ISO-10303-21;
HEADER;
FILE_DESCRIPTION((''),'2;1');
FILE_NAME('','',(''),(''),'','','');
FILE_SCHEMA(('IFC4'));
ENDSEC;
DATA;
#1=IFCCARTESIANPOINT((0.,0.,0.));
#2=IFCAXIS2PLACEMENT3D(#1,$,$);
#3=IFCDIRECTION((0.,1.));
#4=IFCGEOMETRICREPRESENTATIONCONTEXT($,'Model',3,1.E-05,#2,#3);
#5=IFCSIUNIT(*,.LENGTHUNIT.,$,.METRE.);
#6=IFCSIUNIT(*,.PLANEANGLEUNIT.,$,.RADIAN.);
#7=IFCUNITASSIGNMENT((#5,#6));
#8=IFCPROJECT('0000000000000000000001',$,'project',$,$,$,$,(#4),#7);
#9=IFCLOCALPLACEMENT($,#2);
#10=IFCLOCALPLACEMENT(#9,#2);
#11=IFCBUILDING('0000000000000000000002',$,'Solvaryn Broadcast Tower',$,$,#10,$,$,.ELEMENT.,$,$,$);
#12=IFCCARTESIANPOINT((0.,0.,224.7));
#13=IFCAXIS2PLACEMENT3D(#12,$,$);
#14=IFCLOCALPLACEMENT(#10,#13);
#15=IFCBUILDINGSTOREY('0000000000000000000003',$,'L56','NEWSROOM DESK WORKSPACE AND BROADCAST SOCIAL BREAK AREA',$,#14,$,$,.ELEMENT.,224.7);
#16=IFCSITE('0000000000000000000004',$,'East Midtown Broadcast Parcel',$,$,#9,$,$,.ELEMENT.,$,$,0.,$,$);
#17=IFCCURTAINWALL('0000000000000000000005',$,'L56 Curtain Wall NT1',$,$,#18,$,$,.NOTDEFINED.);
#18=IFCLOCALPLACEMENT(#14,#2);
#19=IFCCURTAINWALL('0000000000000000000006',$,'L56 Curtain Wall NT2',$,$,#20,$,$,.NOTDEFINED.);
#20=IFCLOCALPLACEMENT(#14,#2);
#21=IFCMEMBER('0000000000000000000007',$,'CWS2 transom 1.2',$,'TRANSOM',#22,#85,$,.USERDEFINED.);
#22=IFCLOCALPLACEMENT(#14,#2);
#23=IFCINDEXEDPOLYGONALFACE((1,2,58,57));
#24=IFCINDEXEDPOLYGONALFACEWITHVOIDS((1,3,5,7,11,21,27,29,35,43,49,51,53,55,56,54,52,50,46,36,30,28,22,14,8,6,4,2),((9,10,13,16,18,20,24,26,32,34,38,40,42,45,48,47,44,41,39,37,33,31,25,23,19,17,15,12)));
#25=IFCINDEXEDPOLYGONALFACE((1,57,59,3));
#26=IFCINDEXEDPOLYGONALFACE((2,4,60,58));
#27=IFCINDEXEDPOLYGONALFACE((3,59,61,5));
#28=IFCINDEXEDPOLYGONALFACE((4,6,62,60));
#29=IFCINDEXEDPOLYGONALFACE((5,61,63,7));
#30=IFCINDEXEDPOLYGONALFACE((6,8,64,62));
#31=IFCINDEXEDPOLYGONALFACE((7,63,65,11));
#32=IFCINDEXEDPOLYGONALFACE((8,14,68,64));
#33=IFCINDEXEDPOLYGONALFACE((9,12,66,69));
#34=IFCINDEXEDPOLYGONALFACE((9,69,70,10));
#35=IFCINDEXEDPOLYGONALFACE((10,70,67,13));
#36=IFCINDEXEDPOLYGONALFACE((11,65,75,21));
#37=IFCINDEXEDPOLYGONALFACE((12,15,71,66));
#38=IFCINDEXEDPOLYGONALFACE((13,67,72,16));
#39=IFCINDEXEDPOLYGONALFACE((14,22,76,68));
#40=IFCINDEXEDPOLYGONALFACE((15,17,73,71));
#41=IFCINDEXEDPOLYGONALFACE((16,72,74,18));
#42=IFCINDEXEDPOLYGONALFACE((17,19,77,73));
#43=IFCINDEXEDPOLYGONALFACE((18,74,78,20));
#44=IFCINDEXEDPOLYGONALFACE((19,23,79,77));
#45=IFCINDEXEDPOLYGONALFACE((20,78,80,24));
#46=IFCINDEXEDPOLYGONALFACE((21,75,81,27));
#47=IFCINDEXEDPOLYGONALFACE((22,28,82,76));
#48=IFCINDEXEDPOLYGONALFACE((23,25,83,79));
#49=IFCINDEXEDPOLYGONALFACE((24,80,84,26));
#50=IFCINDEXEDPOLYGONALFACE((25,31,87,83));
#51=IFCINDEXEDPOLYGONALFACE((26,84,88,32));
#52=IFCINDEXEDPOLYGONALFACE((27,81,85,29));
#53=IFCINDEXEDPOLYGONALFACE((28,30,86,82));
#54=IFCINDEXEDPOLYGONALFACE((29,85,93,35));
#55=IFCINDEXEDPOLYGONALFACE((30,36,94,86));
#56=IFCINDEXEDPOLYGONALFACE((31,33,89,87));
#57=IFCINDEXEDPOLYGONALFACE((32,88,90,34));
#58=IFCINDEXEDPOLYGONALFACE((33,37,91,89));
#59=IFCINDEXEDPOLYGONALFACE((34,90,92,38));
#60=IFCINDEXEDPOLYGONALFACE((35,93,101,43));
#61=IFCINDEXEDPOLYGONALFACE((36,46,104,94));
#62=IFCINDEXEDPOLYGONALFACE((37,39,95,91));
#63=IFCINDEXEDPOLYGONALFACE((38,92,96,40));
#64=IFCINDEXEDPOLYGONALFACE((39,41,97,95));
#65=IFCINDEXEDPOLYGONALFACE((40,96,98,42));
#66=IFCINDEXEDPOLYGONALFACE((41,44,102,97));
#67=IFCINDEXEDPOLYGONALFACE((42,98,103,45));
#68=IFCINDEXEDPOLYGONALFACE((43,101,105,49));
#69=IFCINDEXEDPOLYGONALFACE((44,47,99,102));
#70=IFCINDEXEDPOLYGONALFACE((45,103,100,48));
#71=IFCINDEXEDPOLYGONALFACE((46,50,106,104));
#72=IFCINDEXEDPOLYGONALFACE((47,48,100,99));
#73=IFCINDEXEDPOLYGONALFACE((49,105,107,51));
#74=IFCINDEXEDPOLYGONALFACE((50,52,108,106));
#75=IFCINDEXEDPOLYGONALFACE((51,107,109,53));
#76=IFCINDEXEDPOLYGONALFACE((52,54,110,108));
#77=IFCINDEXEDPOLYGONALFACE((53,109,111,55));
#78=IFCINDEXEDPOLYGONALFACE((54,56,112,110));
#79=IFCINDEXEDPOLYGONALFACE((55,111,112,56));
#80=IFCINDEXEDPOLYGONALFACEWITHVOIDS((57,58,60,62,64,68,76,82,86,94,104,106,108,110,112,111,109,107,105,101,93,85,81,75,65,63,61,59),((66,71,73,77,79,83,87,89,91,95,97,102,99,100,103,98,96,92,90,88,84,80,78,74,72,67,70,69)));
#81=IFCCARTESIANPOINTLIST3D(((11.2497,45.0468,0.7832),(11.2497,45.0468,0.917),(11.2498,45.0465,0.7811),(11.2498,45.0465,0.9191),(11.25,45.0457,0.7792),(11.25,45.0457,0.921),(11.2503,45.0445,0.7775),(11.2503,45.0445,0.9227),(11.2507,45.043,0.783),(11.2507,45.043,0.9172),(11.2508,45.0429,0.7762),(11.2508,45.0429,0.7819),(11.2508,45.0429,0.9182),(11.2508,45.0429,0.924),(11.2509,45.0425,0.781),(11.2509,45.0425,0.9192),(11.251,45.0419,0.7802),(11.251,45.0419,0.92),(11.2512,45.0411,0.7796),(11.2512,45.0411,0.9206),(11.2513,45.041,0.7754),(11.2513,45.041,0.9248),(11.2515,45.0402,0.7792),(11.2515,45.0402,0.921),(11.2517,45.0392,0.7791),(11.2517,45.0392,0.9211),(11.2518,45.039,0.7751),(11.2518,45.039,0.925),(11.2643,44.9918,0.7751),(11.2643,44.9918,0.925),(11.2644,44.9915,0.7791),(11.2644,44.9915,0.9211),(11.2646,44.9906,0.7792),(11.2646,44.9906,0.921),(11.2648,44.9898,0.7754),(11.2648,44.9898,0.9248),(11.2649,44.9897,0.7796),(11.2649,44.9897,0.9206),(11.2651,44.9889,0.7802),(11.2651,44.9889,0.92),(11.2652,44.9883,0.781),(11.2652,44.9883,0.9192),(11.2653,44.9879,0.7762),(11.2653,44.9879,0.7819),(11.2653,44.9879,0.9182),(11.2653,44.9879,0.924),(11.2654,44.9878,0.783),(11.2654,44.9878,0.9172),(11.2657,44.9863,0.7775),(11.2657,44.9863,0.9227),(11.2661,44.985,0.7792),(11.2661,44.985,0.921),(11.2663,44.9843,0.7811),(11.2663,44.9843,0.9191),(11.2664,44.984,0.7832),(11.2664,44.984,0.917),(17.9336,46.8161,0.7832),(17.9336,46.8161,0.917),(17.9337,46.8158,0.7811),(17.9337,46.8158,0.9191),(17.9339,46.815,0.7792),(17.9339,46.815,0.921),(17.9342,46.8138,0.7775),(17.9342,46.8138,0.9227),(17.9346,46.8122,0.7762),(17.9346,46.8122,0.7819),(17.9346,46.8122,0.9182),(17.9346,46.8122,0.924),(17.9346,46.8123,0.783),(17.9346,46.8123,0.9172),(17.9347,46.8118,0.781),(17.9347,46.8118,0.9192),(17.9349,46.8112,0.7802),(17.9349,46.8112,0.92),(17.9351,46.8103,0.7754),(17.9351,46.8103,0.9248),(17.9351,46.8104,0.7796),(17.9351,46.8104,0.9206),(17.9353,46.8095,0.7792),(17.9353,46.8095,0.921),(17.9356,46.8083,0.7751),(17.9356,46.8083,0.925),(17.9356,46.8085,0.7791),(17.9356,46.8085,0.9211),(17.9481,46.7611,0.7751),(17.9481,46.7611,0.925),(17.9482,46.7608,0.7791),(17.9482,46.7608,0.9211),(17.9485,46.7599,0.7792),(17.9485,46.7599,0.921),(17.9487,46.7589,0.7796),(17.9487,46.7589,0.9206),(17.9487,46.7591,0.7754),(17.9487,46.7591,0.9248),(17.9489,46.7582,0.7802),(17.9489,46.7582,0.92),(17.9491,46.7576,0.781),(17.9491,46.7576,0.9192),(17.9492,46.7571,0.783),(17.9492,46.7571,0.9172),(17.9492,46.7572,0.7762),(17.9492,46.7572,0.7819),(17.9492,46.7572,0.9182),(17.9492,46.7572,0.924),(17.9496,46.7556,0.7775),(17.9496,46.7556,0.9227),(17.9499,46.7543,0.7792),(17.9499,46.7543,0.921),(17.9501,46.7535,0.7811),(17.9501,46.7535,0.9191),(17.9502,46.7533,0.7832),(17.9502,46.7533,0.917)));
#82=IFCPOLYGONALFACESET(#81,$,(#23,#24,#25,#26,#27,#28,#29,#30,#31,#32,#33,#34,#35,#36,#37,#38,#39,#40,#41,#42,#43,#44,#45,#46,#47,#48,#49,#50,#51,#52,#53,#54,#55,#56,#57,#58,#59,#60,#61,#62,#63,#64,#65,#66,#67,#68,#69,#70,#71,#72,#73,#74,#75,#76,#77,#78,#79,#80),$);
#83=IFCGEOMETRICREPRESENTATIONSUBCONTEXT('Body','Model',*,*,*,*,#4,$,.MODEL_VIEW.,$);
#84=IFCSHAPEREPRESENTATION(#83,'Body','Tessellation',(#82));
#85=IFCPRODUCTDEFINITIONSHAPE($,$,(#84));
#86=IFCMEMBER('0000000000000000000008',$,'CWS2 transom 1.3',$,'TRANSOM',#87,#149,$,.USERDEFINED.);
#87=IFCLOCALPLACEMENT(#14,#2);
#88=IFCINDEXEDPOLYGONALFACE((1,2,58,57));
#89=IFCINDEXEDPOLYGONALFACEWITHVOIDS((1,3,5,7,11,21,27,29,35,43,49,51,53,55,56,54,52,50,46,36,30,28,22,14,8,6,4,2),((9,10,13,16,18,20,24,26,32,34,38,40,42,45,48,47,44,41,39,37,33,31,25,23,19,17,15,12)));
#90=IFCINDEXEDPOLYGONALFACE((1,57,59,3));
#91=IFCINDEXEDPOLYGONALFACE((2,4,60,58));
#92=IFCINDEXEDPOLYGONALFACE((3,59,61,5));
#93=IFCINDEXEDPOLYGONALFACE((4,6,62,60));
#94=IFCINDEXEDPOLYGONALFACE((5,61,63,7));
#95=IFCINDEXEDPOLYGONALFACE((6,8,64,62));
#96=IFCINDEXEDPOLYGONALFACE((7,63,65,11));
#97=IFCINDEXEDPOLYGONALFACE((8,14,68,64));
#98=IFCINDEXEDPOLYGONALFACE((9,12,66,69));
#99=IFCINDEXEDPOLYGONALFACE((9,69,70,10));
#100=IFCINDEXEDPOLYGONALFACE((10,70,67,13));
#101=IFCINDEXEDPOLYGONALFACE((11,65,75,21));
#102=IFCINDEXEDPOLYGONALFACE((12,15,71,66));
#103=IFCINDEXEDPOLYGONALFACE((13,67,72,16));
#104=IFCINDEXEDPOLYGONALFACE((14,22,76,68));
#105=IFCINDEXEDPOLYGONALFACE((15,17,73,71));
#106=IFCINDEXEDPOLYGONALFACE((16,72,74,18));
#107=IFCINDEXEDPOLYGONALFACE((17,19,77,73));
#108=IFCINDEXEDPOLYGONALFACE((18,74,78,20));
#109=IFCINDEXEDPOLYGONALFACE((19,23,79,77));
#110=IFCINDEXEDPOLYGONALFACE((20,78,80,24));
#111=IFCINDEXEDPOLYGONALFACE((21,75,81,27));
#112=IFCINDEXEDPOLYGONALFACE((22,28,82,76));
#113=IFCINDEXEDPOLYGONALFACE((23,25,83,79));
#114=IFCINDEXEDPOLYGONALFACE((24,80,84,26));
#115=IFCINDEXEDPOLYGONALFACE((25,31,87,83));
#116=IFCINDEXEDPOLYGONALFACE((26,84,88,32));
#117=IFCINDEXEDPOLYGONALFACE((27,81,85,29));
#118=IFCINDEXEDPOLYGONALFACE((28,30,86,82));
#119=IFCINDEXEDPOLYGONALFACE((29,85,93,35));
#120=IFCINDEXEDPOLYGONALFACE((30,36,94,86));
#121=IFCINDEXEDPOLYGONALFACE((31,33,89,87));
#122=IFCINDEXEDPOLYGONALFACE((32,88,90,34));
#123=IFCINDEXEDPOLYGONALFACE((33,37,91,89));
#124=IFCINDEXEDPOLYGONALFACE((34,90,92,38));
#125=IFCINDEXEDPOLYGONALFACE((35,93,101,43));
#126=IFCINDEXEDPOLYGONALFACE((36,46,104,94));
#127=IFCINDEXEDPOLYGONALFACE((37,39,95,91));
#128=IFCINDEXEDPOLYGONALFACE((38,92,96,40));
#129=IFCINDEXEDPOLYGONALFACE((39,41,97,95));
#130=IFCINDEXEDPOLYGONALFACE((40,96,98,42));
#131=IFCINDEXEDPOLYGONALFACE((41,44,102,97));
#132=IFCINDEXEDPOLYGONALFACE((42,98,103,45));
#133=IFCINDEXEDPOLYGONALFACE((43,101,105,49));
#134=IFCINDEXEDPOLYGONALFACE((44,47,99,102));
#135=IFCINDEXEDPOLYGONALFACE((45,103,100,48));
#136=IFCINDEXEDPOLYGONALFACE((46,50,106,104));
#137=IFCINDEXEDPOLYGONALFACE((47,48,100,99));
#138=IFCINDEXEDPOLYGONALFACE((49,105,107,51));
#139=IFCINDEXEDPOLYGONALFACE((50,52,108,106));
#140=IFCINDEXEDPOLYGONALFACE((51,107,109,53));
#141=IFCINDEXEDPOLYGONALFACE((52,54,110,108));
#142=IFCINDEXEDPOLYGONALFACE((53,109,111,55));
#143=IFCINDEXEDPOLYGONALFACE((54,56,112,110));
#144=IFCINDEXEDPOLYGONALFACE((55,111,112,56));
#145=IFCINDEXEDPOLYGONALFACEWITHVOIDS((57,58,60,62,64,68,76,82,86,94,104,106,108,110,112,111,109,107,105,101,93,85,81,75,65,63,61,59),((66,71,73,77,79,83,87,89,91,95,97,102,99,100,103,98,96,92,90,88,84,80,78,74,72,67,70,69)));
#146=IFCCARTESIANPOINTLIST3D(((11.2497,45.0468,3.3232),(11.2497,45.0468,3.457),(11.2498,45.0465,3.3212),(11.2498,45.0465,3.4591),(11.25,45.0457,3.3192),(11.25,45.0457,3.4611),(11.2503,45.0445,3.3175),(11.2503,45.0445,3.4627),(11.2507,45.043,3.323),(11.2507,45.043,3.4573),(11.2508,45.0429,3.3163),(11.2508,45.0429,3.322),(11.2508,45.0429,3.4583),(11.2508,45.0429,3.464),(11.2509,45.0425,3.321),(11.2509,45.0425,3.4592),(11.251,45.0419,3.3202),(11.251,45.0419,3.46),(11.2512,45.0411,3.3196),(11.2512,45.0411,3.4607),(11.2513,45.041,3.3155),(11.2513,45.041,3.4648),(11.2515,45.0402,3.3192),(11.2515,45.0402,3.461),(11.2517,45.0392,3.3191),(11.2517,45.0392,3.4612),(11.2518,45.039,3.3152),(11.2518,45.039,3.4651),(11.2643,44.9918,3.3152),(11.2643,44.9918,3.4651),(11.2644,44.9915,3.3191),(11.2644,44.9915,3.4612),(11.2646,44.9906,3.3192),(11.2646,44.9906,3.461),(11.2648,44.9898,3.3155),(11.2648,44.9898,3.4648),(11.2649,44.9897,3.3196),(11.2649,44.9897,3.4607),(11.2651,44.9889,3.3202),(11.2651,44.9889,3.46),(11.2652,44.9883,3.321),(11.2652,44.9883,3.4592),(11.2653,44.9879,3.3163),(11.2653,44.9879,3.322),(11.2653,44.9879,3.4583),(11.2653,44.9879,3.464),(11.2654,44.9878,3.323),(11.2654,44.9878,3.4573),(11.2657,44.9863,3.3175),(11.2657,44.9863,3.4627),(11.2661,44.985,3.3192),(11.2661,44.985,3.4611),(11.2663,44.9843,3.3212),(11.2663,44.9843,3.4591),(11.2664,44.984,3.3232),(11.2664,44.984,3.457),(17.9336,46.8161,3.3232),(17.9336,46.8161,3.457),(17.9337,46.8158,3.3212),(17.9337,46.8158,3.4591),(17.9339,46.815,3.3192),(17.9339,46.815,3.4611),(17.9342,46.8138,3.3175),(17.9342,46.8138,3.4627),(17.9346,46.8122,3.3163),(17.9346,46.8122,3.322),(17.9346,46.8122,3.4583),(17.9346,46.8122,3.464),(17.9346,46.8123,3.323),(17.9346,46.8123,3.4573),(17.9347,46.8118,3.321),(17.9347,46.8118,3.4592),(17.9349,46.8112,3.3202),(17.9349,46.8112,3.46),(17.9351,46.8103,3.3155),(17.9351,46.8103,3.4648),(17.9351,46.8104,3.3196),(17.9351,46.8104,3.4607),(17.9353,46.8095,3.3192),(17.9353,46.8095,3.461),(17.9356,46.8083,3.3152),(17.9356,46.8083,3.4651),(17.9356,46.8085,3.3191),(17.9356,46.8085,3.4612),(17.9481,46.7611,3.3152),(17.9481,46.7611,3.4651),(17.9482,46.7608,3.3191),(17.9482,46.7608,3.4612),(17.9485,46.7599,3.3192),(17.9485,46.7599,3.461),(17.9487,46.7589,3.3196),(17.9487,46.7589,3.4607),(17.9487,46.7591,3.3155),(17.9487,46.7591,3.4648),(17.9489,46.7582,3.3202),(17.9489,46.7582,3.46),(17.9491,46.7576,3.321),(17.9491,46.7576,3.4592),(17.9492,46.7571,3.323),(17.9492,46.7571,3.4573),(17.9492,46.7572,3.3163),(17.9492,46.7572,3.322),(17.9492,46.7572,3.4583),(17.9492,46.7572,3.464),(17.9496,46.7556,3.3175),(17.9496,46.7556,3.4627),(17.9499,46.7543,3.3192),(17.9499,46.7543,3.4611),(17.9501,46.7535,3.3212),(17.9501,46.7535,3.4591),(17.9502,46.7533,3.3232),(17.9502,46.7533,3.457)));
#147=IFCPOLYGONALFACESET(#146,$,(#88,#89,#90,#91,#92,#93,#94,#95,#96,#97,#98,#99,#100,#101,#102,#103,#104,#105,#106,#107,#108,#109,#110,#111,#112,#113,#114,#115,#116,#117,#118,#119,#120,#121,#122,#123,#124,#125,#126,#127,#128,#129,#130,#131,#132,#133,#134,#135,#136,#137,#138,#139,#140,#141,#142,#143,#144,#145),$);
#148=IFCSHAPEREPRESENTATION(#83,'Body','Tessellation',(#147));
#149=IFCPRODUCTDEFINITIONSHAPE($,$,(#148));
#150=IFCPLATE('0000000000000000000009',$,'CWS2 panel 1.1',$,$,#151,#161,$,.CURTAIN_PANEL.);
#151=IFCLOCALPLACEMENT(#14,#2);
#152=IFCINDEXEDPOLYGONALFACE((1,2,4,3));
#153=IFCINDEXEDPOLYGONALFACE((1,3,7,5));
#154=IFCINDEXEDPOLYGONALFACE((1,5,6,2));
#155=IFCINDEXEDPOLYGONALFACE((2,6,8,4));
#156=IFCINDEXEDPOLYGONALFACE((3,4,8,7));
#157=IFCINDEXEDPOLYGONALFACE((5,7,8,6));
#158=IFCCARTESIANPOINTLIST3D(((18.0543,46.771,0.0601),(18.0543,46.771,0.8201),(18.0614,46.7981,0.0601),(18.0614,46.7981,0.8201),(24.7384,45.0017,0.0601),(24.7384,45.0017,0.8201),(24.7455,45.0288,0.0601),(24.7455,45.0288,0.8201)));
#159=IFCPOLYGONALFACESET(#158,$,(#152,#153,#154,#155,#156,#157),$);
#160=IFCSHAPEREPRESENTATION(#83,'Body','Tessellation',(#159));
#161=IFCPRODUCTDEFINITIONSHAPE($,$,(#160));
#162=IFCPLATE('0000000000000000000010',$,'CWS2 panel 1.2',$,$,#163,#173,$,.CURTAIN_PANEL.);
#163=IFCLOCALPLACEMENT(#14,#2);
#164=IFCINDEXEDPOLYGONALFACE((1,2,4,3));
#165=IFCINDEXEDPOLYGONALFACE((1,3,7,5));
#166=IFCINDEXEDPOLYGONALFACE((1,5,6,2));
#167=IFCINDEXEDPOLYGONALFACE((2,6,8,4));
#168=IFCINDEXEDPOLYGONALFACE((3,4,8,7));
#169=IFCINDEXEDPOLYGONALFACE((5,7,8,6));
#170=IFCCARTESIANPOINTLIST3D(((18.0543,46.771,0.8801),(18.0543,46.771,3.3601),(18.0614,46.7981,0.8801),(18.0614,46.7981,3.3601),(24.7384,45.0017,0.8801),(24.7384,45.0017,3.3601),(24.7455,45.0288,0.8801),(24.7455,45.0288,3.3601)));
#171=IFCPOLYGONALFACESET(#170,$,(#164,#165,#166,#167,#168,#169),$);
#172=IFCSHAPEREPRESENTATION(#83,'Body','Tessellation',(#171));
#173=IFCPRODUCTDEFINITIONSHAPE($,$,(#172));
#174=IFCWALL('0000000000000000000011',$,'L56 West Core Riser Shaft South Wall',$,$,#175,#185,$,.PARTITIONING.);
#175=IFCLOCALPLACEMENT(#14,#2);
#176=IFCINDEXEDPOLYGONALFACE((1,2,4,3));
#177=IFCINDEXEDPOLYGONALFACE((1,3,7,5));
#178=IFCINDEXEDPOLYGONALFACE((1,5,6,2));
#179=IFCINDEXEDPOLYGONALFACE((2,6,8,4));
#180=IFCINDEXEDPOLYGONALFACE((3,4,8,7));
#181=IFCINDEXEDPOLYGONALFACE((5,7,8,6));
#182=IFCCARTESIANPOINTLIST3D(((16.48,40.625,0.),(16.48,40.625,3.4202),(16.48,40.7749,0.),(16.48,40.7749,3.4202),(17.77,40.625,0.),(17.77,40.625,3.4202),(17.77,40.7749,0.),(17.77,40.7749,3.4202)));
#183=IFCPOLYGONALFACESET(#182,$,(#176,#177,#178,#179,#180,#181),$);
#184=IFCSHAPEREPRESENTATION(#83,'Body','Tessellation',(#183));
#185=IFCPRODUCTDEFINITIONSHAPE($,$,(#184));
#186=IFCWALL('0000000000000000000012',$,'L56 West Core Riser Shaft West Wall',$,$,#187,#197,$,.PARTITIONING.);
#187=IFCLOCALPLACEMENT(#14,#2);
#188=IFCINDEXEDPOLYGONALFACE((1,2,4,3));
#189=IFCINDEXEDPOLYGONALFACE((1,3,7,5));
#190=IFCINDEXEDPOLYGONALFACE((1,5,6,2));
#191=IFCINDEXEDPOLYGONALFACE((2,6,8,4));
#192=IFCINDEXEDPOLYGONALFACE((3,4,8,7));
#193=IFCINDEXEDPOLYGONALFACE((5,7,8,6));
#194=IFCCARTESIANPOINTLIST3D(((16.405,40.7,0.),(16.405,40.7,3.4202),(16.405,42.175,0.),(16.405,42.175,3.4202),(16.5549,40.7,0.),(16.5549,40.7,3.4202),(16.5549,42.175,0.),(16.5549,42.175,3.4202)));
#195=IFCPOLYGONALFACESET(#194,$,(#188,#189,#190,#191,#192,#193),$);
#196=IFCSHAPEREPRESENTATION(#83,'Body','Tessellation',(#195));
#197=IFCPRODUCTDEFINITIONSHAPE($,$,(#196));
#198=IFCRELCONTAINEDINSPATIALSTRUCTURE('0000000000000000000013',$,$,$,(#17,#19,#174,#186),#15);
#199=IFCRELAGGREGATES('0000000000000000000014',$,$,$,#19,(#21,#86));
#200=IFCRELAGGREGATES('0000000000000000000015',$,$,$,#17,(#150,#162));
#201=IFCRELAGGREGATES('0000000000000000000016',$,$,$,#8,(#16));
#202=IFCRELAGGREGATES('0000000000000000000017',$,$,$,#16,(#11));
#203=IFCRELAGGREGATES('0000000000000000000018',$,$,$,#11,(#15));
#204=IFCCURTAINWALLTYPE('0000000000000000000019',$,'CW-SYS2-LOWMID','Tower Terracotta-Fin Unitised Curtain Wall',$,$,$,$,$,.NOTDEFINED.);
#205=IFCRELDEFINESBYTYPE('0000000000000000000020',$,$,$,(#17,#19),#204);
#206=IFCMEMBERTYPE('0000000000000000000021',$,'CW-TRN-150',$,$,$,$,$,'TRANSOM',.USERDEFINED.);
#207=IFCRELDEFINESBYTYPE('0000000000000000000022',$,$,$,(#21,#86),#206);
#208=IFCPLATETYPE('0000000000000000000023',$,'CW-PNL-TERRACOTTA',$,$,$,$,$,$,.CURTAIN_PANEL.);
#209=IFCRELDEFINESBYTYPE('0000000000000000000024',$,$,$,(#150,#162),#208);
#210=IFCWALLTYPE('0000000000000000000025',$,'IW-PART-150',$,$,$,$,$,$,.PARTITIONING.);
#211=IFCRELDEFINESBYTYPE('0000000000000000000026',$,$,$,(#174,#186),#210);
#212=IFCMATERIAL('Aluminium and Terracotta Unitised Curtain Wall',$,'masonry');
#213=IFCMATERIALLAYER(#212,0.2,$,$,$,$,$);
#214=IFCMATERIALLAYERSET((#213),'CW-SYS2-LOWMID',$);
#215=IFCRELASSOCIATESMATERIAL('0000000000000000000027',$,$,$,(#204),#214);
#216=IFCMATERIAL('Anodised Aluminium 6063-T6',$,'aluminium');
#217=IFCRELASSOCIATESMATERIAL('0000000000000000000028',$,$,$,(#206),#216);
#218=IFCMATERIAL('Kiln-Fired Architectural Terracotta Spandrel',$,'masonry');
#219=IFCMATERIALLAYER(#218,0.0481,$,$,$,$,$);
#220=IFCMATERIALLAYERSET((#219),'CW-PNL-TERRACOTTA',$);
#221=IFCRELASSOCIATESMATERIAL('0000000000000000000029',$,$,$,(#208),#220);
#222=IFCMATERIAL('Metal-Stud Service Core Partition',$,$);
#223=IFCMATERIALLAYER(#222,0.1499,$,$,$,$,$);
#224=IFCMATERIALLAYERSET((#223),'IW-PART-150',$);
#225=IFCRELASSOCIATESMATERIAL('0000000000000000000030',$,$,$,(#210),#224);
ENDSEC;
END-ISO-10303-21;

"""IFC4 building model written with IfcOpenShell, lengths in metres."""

from ifc_helpers import new_model, si_unit, direction, frame, frame_2d, origin, origin_2d, place, context, subcontext, project, spatial, rectangle, hollow_rectangle, extrude, material, layer, layer_set, material_profile, profile_set, type_object, element, aggregate, save


model = new_model("IFC4")

# Units and contexts
model_context = context("Model", 3, precision=1e-05, world=origin(), true_north=direction((0.0, 1.0)))
body_context = subcontext(model_context, "Body", "Model", "MODEL_VIEW")
ifc_project = project(units=[si_unit("LENGTHUNIT", "METRE"), si_unit("PLANEANGLEUNIT", "RADIAN")], contexts=[model_context])

# Site, building, storey
site_placement = place(None, origin())
site = spatial("IfcSite", under=ifc_project, at=site_placement, Name="East Midtown Broadcast Parcel", CompositionType="ELEMENT", RefElevation=0.0)
building_placement = place(site_placement, origin())
building = spatial("IfcBuilding", under=site, at=building_placement, Name="Solvaryn Broadcast Tower", CompositionType="ELEMENT")
storey_placement = place(building_placement, frame((0.0, 0.0, 224.7)))
storey = spatial("IfcBuildingStorey", under=building, at=storey_placement, Name="L56", Description="NEWSROOM DESK WORKSPACE AND BROADCAST SOCIAL BREAK AREA", CompositionType="ELEMENT", Elevation=224.7)

# Curtain wall
ifc_material_1 = material(Name="Aluminium and Terracotta Unitised Curtain Wall", Category="masonry")
ifc_layer_1 = layer(ifc_material_1, 0.2)
ifc_layer_set_1 = layer_set([ifc_layer_1], Name="CW-SYS2-LOWMID")
curtain_wall_type = type_object("IfcCurtainWallType", Name="CW-SYS2-LOWMID", Description="Tower Terracotta-Fin Unitised Curtain Wall", PredefinedType="NOTDEFINED", material=ifc_layer_set_1)
curtain_wall_1_placement = place(storey_placement, origin())
curtain_wall_1 = element("IfcCurtainWall", 1, at=curtain_wall_1_placement, inside=storey, type_object=curtain_wall_type, Name="L56 Curtain Wall NT1", PredefinedType="NOTDEFINED")

# Curtain wall, members
curtain_wall_2_placement = place(storey_placement, origin())
curtain_wall_2 = element("IfcCurtainWall", 2, at=curtain_wall_2_placement, inside=storey, type_object=curtain_wall_type, Name="L56 Curtain Wall NT2", PredefinedType="NOTDEFINED")
ifc_material_2 = material(Name="Anodised Aluminium 6063-T6", Category="aluminium")
ifc_material_profile_1 = material_profile(ifc_material_2, hollow_rectangle(XDim=0.0649, YDim=0.1499, WallThickness=0.0039, InnerFilletRadius=0.0039, OuterFilletRadius=0.0081, at=origin_2d()))
ifc_profile_set_1 = profile_set([ifc_material_profile_1], Name="Anodised Aluminium 6063-T6")
member_type_1 = type_object("IfcMemberType", Name="CW-TRN-150", ElementType="TRANSOM", PredefinedType="USERDEFINED", material=ifc_profile_set_1)
member_1_placement = place(storey_placement, frame((17.9419, 46.7847, 0.8501), z_axis=(-0.966704, -0.255897, 0.0), x_axis=(0.255897, -0.966704, 0.0)))
member_1 = element("IfcMember", 3, at=member_1_placement, type_object=member_type_1, Name="CWS2 transom 1.2", ObjectType="TRANSOM", PredefinedType="USERDEFINED", context=body_context, shape_type="SweptSolid", body=[
    extrude(hollow_rectangle(XDim=0.0649, YDim=0.1499, WallThickness=0.0039, InnerFilletRadius=0.0039, OuterFilletRadius=0.0081, at=origin_2d()), origin(), (0.0, 0.0, 1.0), 6.9141),
])
member_2_placement = place(storey_placement, frame((17.9419, 46.7847, 3.3901), z_axis=(-0.966704, -0.255897, 0.0), x_axis=(0.255897, -0.966704, 0.0)))
member_2 = element("IfcMember", 4, at=member_2_placement, type_object=member_type_1, Name="CWS2 transom 1.3", ObjectType="TRANSOM", PredefinedType="USERDEFINED", context=body_context, shape_type="SweptSolid", body=[
    extrude(hollow_rectangle(XDim=0.0649, YDim=0.1499, WallThickness=0.0039, InnerFilletRadius=0.0039, OuterFilletRadius=0.0081, at=origin_2d()), origin(), (0.0, 0.0, 1.0), 6.9141),
])
aggregate(curtain_wall_2, [member_1, member_2])

# Plates
ifc_material_3 = material(Name="Kiln-Fired Architectural Terracotta Spandrel", Category="masonry")
ifc_layer_2 = layer(ifc_material_3, 0.0481)
ifc_layer_set_2 = layer_set([ifc_layer_2], Name="CW-PNL-TERRACOTTA")
plate_type = type_object("IfcPlateType", Name="CW-PNL-TERRACOTTA", PredefinedType="CURTAIN_PANEL", material=ifc_layer_set_2)
plate_1_placement = place(storey_placement, frame((21.3999, 45.8999, 0.0601), z_axis=(0.0, 0.0, 1.0), x_axis=(-0.966705, 0.255893, 0.0)))
plate_1 = element("IfcPlate", 5, at=plate_1_placement, type_object=plate_type, Name="CWS2 panel 1.1", PredefinedType="CURTAIN_PANEL", context=body_context, shape_type="SweptSolid", body=[
    extrude(rectangle(XDim=6.9143, YDim=0.0281, at=origin_2d()), origin(), (0.0, 0.0, 1.0), 0.76),
])
plate_2_placement = place(storey_placement, frame((21.3999, 45.8999, 0.8801), z_axis=(0.0, 0.0, 1.0), x_axis=(-0.966705, 0.255893, 0.0)))
plate_2 = element("IfcPlate", 6, at=plate_2_placement, type_object=plate_type, Name="CWS2 panel 1.2", PredefinedType="CURTAIN_PANEL", context=body_context, shape_type="SweptSolid", body=[
    extrude(rectangle(XDim=6.9143, YDim=0.0281, at=origin_2d()), origin(), (0.0, 0.0, 1.0), 2.48),
])
aggregate(curtain_wall_1, [plate_1, plate_2])

# Walls
ifc_material_4 = material(Name="Metal-Stud Service Core Partition")
ifc_layer_3 = layer(ifc_material_4, 0.1499)
ifc_layer_set_3 = layer_set([ifc_layer_3], Name="IW-PART-150")
wall_type_1 = type_object("IfcWallType", Name="IW-PART-150", PredefinedType="PARTITIONING", material=ifc_layer_set_3)
wall_1_placement = place(storey_placement, frame((16.48, 40.7, 0.0), z_axis=(0.0, 0.0, 1.0), x_axis=(1.0, 0.0, 0.0)))
element("IfcWall", 7, at=wall_1_placement, inside=storey, type_object=wall_type_1, Name="L56 West Core Riser Shaft South Wall", PredefinedType="PARTITIONING", context=body_context, shape_type="SweptSolid", body=[
    extrude(rectangle(XDim=1.29, YDim=0.1499, at=frame_2d((0.645, 0.0))), origin(), (0.0, 0.0, 1.0), 3.4202),
])
wall_2_placement = place(storey_placement, frame((16.48, 40.7, 0.0), z_axis=(0.0, 0.0, 1.0), x_axis=(0.0, 1.0, 0.0)))
element("IfcWall", 8, at=wall_2_placement, inside=storey, type_object=wall_type_1, Name="L56 West Core Riser Shaft West Wall", PredefinedType="PARTITIONING", context=body_context, shape_type="SweptSolid", body=[
    extrude(rectangle(XDim=1.4751, YDim=0.1499, at=frame_2d((0.7375, 0.0))), origin(), (0.0, 0.0, 1.0), 3.4202),
])

save(model, "model.ifc")
